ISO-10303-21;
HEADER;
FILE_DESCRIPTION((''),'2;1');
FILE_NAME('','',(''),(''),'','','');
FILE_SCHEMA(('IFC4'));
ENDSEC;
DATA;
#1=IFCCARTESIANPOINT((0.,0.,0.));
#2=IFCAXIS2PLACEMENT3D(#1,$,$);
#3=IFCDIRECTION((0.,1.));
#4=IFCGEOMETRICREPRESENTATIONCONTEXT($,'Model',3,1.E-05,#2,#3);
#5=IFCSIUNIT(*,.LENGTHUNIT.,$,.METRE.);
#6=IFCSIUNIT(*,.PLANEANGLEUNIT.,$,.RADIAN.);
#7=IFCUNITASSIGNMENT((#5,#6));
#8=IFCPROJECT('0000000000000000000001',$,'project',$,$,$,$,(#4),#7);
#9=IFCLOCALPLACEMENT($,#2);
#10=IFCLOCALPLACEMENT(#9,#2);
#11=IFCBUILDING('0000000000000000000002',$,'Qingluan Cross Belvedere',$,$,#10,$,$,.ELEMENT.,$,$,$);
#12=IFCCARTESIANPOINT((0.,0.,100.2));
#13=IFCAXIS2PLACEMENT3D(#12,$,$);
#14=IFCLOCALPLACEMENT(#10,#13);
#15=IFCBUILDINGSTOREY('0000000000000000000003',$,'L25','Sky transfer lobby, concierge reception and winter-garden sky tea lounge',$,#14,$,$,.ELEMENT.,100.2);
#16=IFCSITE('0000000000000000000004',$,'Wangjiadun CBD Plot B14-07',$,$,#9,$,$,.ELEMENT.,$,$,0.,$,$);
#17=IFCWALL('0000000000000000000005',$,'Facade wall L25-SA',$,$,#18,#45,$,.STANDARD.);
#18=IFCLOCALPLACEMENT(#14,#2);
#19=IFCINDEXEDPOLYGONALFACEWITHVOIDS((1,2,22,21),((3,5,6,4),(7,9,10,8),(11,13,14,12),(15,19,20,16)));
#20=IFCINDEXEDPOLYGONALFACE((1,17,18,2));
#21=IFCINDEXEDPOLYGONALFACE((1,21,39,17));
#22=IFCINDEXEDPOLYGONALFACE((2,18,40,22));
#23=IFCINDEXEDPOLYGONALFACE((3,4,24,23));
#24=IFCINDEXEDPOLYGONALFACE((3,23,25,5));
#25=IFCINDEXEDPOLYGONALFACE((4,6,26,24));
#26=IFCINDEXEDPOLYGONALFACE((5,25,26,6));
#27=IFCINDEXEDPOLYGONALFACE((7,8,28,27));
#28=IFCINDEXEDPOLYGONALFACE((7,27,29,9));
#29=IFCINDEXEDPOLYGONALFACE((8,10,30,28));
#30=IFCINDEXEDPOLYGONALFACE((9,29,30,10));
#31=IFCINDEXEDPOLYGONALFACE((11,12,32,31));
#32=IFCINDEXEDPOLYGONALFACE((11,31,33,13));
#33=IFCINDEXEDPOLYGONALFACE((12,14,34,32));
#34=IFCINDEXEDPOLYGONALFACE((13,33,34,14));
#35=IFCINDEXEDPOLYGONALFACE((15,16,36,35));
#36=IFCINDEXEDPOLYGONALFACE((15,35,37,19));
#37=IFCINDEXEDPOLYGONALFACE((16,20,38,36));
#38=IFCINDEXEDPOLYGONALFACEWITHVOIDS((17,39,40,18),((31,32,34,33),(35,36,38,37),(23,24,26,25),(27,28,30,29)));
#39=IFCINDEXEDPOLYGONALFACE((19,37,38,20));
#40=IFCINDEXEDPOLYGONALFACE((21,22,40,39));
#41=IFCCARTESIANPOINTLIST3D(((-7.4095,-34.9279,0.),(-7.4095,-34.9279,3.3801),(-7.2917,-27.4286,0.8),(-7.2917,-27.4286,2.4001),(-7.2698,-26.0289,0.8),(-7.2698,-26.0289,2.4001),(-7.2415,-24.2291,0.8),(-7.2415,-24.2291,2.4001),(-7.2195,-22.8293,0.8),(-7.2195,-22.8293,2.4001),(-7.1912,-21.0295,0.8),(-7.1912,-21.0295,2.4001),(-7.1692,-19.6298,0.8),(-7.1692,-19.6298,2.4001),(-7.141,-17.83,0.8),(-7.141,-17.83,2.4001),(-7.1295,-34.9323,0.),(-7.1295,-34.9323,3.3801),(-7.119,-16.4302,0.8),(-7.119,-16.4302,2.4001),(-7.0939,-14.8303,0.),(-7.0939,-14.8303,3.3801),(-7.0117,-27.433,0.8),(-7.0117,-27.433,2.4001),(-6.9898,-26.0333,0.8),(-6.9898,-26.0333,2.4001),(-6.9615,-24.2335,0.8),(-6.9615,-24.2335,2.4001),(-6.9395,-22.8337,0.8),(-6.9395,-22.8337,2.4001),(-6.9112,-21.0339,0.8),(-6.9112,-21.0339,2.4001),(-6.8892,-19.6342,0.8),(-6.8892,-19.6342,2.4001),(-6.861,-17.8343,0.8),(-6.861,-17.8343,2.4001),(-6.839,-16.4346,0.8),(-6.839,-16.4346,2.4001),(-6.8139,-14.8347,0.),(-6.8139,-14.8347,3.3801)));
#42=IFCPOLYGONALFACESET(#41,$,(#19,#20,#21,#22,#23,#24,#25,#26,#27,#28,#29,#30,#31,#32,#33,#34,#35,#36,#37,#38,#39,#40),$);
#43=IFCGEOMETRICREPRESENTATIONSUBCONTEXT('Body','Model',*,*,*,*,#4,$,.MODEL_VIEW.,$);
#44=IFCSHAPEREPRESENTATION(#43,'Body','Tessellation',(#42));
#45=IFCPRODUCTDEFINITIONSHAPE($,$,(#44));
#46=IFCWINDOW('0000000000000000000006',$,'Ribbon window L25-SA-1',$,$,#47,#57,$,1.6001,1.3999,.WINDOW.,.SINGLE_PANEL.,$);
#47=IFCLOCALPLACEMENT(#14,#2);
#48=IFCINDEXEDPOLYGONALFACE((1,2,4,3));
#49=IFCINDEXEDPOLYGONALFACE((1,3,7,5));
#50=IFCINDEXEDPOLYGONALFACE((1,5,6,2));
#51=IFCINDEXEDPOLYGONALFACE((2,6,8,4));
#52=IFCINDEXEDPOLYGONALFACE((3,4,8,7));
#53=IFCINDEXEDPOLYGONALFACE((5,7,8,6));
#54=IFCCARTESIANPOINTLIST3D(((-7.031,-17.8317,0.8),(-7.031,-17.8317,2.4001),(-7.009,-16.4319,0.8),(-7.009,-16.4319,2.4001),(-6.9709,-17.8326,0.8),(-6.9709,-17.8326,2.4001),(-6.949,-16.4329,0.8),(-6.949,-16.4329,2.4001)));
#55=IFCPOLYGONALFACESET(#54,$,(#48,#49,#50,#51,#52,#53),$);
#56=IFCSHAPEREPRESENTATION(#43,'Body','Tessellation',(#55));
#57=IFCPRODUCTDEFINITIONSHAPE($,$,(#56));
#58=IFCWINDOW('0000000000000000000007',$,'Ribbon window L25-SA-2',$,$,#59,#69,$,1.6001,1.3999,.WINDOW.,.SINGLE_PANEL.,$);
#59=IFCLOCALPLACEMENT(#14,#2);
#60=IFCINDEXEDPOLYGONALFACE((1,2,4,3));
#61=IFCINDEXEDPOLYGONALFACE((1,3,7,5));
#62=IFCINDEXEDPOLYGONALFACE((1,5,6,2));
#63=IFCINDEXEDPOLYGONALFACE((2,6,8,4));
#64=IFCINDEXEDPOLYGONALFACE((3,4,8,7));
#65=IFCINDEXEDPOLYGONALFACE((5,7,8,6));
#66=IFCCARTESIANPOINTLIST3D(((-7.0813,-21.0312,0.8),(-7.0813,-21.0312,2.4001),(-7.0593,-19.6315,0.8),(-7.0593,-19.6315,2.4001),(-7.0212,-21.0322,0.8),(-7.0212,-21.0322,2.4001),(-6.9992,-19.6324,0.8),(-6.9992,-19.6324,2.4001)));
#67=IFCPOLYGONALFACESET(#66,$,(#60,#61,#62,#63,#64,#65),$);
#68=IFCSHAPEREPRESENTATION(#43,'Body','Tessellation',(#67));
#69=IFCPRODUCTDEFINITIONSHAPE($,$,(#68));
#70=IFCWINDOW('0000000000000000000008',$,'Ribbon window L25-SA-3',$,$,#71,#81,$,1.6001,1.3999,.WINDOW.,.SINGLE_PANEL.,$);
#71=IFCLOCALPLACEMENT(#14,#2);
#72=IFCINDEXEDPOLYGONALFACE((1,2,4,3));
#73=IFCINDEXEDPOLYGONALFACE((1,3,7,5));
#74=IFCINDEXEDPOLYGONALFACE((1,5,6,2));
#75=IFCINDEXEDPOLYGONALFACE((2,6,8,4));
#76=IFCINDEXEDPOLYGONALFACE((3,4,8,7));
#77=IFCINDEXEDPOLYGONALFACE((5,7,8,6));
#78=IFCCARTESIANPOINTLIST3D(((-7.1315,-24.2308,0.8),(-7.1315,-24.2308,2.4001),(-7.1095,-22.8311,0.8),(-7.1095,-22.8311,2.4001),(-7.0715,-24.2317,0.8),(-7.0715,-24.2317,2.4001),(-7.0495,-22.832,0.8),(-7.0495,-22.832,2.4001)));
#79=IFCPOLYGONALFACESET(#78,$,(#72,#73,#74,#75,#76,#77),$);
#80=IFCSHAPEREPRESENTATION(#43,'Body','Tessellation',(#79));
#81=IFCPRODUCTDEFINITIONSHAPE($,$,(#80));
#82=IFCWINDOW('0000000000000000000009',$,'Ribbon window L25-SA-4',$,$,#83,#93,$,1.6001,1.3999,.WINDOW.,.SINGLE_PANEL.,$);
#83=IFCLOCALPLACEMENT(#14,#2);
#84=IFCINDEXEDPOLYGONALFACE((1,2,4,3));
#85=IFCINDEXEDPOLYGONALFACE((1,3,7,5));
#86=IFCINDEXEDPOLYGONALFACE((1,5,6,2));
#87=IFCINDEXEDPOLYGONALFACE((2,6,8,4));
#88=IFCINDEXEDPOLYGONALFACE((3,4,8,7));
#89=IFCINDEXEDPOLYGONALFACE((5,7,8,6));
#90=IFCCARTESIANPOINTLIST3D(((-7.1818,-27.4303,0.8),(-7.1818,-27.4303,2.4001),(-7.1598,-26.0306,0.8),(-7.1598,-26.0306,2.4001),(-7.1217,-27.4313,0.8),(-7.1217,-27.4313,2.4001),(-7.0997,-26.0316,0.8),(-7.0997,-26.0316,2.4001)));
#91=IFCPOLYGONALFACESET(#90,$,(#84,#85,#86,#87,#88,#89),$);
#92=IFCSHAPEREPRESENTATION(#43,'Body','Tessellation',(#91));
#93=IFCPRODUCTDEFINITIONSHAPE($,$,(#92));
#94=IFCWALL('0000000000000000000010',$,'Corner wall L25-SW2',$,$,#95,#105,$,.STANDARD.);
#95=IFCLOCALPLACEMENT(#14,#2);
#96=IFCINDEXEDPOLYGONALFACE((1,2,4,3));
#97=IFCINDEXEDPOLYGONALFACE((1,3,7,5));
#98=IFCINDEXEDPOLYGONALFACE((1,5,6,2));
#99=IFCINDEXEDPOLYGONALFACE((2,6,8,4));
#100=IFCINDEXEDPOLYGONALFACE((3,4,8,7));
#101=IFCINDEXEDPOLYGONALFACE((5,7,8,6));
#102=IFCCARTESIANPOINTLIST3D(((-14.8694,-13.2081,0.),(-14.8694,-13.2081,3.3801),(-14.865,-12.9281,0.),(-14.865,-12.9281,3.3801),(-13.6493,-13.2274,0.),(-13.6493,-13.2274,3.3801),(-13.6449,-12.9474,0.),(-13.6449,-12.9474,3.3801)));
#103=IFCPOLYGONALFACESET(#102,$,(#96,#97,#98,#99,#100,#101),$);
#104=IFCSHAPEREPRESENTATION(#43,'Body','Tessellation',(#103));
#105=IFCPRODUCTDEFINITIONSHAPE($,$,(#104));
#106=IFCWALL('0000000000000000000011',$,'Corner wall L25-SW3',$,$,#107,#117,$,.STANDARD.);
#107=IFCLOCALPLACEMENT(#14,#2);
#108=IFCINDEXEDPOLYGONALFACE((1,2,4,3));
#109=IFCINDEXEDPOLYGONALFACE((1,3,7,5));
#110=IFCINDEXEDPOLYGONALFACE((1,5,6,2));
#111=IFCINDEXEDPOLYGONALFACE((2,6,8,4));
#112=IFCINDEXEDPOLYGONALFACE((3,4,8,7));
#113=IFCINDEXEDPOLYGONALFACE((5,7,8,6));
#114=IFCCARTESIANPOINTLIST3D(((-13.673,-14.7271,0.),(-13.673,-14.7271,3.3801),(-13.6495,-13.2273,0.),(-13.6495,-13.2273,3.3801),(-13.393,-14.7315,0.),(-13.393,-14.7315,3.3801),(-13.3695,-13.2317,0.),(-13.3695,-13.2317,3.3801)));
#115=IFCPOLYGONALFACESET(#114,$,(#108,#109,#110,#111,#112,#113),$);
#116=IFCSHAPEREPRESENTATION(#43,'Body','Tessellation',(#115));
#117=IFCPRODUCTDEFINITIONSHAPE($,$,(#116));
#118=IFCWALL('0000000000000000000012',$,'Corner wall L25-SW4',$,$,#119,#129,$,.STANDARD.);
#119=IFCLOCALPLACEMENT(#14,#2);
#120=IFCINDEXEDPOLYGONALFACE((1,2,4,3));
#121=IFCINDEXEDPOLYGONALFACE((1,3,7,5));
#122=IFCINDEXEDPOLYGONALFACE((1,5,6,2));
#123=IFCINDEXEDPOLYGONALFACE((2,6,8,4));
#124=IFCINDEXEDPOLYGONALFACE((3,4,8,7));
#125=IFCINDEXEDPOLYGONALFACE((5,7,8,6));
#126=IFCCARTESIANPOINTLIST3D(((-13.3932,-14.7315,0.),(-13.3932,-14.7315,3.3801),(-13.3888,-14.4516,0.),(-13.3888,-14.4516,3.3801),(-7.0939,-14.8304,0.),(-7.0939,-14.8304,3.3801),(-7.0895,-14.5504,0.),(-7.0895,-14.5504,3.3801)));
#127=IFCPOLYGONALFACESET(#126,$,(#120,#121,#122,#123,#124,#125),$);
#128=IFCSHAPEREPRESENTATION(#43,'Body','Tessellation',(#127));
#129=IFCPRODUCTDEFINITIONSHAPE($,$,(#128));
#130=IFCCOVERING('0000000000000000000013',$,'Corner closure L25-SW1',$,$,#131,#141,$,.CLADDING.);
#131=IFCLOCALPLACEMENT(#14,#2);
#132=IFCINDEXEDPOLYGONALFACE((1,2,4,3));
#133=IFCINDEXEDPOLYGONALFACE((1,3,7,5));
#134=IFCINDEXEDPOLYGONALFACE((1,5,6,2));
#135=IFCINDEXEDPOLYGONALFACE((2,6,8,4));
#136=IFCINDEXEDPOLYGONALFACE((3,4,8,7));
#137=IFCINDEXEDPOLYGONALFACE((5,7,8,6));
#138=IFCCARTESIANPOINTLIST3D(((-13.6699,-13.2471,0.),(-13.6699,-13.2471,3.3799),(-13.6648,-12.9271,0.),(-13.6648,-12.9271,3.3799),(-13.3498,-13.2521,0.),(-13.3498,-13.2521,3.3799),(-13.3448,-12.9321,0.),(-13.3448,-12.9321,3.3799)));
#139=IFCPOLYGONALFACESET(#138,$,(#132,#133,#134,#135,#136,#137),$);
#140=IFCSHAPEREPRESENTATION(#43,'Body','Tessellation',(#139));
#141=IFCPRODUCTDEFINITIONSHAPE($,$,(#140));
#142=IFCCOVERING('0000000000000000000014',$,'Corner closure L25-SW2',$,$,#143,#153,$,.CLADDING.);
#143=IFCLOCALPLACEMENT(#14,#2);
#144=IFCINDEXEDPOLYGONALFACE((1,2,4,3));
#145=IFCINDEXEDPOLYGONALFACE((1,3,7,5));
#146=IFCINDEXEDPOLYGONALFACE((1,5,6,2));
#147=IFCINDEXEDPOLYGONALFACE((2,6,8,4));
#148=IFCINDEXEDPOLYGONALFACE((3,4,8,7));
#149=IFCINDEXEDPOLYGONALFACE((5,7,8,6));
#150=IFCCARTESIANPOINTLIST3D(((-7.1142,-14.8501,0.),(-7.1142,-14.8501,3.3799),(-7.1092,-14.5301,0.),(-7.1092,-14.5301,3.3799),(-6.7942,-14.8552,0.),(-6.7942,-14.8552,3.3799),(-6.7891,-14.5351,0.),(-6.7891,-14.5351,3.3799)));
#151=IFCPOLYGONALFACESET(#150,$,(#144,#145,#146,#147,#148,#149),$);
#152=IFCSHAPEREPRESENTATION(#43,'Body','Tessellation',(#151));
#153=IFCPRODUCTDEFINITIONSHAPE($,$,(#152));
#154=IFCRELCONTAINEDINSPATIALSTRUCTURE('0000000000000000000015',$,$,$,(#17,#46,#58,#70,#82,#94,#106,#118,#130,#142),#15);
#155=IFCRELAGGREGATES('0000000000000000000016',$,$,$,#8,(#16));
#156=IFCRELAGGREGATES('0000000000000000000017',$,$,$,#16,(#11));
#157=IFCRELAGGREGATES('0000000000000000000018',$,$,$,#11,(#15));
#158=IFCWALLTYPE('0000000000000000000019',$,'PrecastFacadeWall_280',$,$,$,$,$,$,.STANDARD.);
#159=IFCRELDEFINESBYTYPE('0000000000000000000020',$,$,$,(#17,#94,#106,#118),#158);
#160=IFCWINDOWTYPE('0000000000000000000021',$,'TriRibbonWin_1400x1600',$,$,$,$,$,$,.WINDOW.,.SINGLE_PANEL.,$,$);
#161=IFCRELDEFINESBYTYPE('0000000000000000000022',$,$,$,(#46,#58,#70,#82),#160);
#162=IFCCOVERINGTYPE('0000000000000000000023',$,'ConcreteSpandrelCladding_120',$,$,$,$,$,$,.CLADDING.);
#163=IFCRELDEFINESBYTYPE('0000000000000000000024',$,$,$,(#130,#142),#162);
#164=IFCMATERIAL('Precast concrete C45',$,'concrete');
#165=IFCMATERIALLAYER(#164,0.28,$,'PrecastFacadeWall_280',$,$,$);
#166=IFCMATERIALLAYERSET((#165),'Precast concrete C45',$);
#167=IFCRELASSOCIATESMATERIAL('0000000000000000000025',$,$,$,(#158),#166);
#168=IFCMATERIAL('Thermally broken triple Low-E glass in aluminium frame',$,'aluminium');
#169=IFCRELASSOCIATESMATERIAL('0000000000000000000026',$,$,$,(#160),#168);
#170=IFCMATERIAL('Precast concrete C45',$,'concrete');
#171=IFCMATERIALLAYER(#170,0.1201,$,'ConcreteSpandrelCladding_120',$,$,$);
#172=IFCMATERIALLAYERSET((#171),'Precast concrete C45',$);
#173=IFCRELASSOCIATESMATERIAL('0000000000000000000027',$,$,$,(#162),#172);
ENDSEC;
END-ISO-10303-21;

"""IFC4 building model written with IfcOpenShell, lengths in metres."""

from ifc_helpers import new_model, si_unit, direction, frame, frame_2d, origin, origin_2d, place, context, subcontext, project, spatial, rectangle, extrude, material, layer, layer_set, type_object, element, fill, save


model = new_model("IFC4")

# Units and contexts
model_context = context("Model", 3, precision=1e-05, world=origin(), true_north=direction((0.0, 1.0)))
body_context = subcontext(model_context, "Body", "Model", "MODEL_VIEW")
ifc_project = project(units=[si_unit("LENGTHUNIT", "METRE"), si_unit("PLANEANGLEUNIT", "RADIAN")], contexts=[model_context])

# Site, building, storey
site_placement = place(None, origin())
site = spatial("IfcSite", under=ifc_project, at=site_placement, Name="Wangjiadun CBD Plot B14-07", CompositionType="ELEMENT", RefElevation=0.0)
building_placement = place(site_placement, origin())
building = spatial("IfcBuilding", under=site, at=building_placement, Name="Qingluan Cross Belvedere", CompositionType="ELEMENT")
storey_placement = place(building_placement, frame((0.0, 0.0, 100.2)))
storey = spatial("IfcBuildingStorey", under=building, at=storey_placement, Name="L25", Description="Sky transfer lobby, concierge reception and winter-garden sky tea lounge", CompositionType="ELEMENT", Elevation=100.2)

# Wall, openings, windows
ifc_material_1 = material(Name="Precast concrete C45", Category="concrete")
ifc_layer_1 = layer(ifc_material_1, 0.28, Name="PrecastFacadeWall_280")
ifc_layer_set_1 = layer_set([ifc_layer_1], Name="Precast concrete C45")
wall_type_1 = type_object("IfcWallType", Name="PrecastFacadeWall_280", PredefinedType="STANDARD", material=ifc_layer_set_1)
wall_1_placement = place(storey_placement, frame((-6.9539, -14.8325, 0.0), z_axis=(0.0, 0.0, 1.0), x_axis=(-0.015705, -0.999877, 0.0)))
wall_1 = element("IfcWall", 1, at=wall_1_placement, inside=storey, type_object=wall_type_1, Name="Facade wall L25-SA", PredefinedType="STANDARD", context=body_context, shape_type="SweptSolid", body=[
    extrude(rectangle(XDim=20.1001, YDim=0.28, at=frame_2d((10.05, 0.0))), origin(), (0.0, 0.0, 1.0), 3.3801),
])
opening_1_placement = place(wall_1_placement, frame((1.6001, 0.0, 0.8)))
opening_1 = element("IfcOpeningElement", 2, at=opening_1_placement, cuts=wall_1, PredefinedType="OPENING", context=body_context, shape_type="SweptSolid", body=[
    extrude(rectangle(XDim=1.3999, YDim=1.6001, at=frame_2d((0.7, 0.8))), frame((0.0, 0.1499, 0.0), z_axis=(0.0, -1.0, 0.0), x_axis=(1.0, 0.0, 0.0)), (0.0, 0.0, 1.0), 0.3),
])
opening_2_placement = place(wall_1_placement, frame((4.8, 0.0, 0.8)))
opening_2 = element("IfcOpeningElement", 3, at=opening_2_placement, cuts=wall_1, PredefinedType="OPENING", context=body_context, shape_type="SweptSolid", body=[
    extrude(rectangle(XDim=1.3999, YDim=1.6001, at=frame_2d((0.7, 0.8))), frame((0.0, 0.1499, 0.0), z_axis=(0.0, -1.0, 0.0), x_axis=(1.0, 0.0, 0.0)), (0.0, 0.0, 1.0), 0.3),
])
opening_3_placement = place(wall_1_placement, frame((8.0, 0.0, 0.8)))
opening_3 = element("IfcOpeningElement", 4, at=opening_3_placement, cuts=wall_1, PredefinedType="OPENING", context=body_context, shape_type="SweptSolid", body=[
    extrude(rectangle(XDim=1.3999, YDim=1.6001, at=frame_2d((0.7, 0.8))), frame((0.0, 0.1499, 0.0), z_axis=(0.0, -1.0, 0.0), x_axis=(1.0, 0.0, 0.0)), (0.0, 0.0, 1.0), 0.3),
])
opening_4_placement = place(wall_1_placement, frame((11.2, 0.0, 0.8)))
opening_4 = element("IfcOpeningElement", 5, at=opening_4_placement, cuts=wall_1, PredefinedType="OPENING", context=body_context, shape_type="SweptSolid", body=[
    extrude(rectangle(XDim=1.3999, YDim=1.6001, at=frame_2d((0.7, 0.8))), frame((0.0, 0.1499, 0.0), z_axis=(0.0, -1.0, 0.0), x_axis=(1.0, 0.0, 0.0)), (0.0, 0.0, 1.0), 0.3),
])
ifc_material_2 = material(Name="Thermally broken triple Low-E glass in aluminium frame", Category="aluminium")
window_type = type_object("IfcWindowType", Name="TriRibbonWin_1400x1600", PartitioningType="SINGLE_PANEL", PredefinedType="WINDOW", material=ifc_material_2)
window_1_placement = place(opening_1_placement, origin())
window_1 = element("IfcWindow", 6, at=window_1_placement, inside=storey, type_object=window_type, Name="Ribbon window L25-SA-1", OverallHeight=1.6001, OverallWidth=1.3999, PartitioningType="SINGLE_PANEL", PredefinedType="WINDOW", context=body_context, shape_type="SweptSolid", body=[
    extrude(rectangle(XDim=1.3999, YDim=1.6001, at=frame_2d((0.7, 0.8))), frame((0.0, 0.03, 0.0), z_axis=(0.0, -1.0, 0.0), x_axis=(1.0, 0.0, 0.0)), (0.0, 0.0, 1.0), 0.0601),
])
fill(opening_1, window_1)
window_2_placement = place(opening_2_placement, origin())
window_2 = element("IfcWindow", 7, at=window_2_placement, inside=storey, type_object=window_type, Name="Ribbon window L25-SA-2", OverallHeight=1.6001, OverallWidth=1.3999, PartitioningType="SINGLE_PANEL", PredefinedType="WINDOW", context=body_context, shape_type="SweptSolid", body=[
    extrude(rectangle(XDim=1.3999, YDim=1.6001, at=frame_2d((0.7, 0.8))), frame((0.0, 0.03, 0.0), z_axis=(0.0, -1.0, 0.0), x_axis=(1.0, 0.0, 0.0)), (0.0, 0.0, 1.0), 0.0601),
])
fill(opening_2, window_2)
window_3_placement = place(opening_3_placement, origin())
window_3 = element("IfcWindow", 8, at=window_3_placement, inside=storey, type_object=window_type, Name="Ribbon window L25-SA-3", OverallHeight=1.6001, OverallWidth=1.3999, PartitioningType="SINGLE_PANEL", PredefinedType="WINDOW", context=body_context, shape_type="SweptSolid", body=[
    extrude(rectangle(XDim=1.3999, YDim=1.6001, at=frame_2d((0.7, 0.8))), frame((0.0, 0.03, 0.0), z_axis=(0.0, -1.0, 0.0), x_axis=(1.0, 0.0, 0.0)), (0.0, 0.0, 1.0), 0.0601),
])
fill(opening_3, window_3)
window_4_placement = place(opening_4_placement, origin())
window_4 = element("IfcWindow", 9, at=window_4_placement, inside=storey, type_object=window_type, Name="Ribbon window L25-SA-4", OverallHeight=1.6001, OverallWidth=1.3999, PartitioningType="SINGLE_PANEL", PredefinedType="WINDOW", context=body_context, shape_type="SweptSolid", body=[
    extrude(rectangle(XDim=1.3999, YDim=1.6001, at=frame_2d((0.7, 0.8))), frame((0.0, 0.03, 0.0), z_axis=(0.0, -1.0, 0.0), x_axis=(1.0, 0.0, 0.0)), (0.0, 0.0, 1.0), 0.0601),
])
fill(opening_4, window_4)

# Walls
wall_2_placement = place(storey_placement, frame((-14.8672, -13.0681, 0.0), z_axis=(0.0, 0.0, 1.0), x_axis=(0.999875, -0.015808, 0.0)))
element("IfcWall", 10, at=wall_2_placement, inside=storey, type_object=wall_type_1, Name="Corner wall L25-SW2", PredefinedType="STANDARD", context=body_context, shape_type="SweptSolid", body=[
    extrude(rectangle(XDim=1.2202, YDim=0.28, at=frame_2d((0.6101, 0.0))), origin(), (0.0, 0.0, 1.0), 3.3801),
])
wall_3_placement = place(storey_placement, frame((-13.5095, -13.2295, 0.0), z_axis=(0.0, 0.0, 1.0), x_axis=(-0.015626, -0.999878, 0.0)))
element("IfcWall", 11, at=wall_3_placement, inside=storey, type_object=wall_type_1, Name="Corner wall L25-SW3", PredefinedType="STANDARD", context=body_context, shape_type="SweptSolid", body=[
    extrude(rectangle(XDim=1.5, YDim=0.28, at=frame_2d((0.75, 0.0))), origin(), (0.0, 0.0, 1.0), 3.3801),
])
wall_4_placement = place(storey_placement, frame((-13.3909, -14.5916, 0.0), z_axis=(0.0, 0.0, 1.0), x_axis=(0.999877, -0.015695, 0.0)))
element("IfcWall", 12, at=wall_4_placement, inside=storey, type_object=wall_type_1, Name="Corner wall L25-SW4", PredefinedType="STANDARD", context=body_context, shape_type="SweptSolid", body=[
    extrude(rectangle(XDim=6.3, YDim=0.28, at=frame_2d((3.1499, 0.0))), origin(), (0.0, 0.0, 1.0), 3.3801),
])

# Coverings
ifc_material_3 = material(Name="Precast concrete C45", Category="concrete")
ifc_layer_2 = layer(ifc_material_3, 0.1201, Name="ConcreteSpandrelCladding_120")
ifc_layer_set_2 = layer_set([ifc_layer_2], Name="Precast concrete C45")
covering_type = type_object("IfcCoveringType", Name="ConcreteSpandrelCladding_120", PredefinedType="CLADDING", material=ifc_layer_set_2)
for number, where, z_axis, x_axis, name in (
    (13, (-13.5073, -13.0896, 0.0), (0.0, 0.0, 1.0), (0.999877, -0.015707, 0.0), "Corner closure L25-SW1"),
    (14, (-6.9517, -14.6926, 0.0), (0.0, 0.0, 1.0), (0.999877, -0.015707, 0.0), "Corner closure L25-SW2"),
):
    element("IfcCovering", number, at=place(storey_placement, frame(where, z_axis=z_axis, x_axis=x_axis)), inside=storey, type_object=covering_type, Name=name, PredefinedType="CLADDING", context=body_context, shape_type="SweptSolid", body=[
        extrude(rectangle(XDim=0.3201, YDim=0.3201, at=origin_2d()), origin(), (0.0, 0.0, 1.0), 3.3799),
    ])

save(model, "model.ifc")
